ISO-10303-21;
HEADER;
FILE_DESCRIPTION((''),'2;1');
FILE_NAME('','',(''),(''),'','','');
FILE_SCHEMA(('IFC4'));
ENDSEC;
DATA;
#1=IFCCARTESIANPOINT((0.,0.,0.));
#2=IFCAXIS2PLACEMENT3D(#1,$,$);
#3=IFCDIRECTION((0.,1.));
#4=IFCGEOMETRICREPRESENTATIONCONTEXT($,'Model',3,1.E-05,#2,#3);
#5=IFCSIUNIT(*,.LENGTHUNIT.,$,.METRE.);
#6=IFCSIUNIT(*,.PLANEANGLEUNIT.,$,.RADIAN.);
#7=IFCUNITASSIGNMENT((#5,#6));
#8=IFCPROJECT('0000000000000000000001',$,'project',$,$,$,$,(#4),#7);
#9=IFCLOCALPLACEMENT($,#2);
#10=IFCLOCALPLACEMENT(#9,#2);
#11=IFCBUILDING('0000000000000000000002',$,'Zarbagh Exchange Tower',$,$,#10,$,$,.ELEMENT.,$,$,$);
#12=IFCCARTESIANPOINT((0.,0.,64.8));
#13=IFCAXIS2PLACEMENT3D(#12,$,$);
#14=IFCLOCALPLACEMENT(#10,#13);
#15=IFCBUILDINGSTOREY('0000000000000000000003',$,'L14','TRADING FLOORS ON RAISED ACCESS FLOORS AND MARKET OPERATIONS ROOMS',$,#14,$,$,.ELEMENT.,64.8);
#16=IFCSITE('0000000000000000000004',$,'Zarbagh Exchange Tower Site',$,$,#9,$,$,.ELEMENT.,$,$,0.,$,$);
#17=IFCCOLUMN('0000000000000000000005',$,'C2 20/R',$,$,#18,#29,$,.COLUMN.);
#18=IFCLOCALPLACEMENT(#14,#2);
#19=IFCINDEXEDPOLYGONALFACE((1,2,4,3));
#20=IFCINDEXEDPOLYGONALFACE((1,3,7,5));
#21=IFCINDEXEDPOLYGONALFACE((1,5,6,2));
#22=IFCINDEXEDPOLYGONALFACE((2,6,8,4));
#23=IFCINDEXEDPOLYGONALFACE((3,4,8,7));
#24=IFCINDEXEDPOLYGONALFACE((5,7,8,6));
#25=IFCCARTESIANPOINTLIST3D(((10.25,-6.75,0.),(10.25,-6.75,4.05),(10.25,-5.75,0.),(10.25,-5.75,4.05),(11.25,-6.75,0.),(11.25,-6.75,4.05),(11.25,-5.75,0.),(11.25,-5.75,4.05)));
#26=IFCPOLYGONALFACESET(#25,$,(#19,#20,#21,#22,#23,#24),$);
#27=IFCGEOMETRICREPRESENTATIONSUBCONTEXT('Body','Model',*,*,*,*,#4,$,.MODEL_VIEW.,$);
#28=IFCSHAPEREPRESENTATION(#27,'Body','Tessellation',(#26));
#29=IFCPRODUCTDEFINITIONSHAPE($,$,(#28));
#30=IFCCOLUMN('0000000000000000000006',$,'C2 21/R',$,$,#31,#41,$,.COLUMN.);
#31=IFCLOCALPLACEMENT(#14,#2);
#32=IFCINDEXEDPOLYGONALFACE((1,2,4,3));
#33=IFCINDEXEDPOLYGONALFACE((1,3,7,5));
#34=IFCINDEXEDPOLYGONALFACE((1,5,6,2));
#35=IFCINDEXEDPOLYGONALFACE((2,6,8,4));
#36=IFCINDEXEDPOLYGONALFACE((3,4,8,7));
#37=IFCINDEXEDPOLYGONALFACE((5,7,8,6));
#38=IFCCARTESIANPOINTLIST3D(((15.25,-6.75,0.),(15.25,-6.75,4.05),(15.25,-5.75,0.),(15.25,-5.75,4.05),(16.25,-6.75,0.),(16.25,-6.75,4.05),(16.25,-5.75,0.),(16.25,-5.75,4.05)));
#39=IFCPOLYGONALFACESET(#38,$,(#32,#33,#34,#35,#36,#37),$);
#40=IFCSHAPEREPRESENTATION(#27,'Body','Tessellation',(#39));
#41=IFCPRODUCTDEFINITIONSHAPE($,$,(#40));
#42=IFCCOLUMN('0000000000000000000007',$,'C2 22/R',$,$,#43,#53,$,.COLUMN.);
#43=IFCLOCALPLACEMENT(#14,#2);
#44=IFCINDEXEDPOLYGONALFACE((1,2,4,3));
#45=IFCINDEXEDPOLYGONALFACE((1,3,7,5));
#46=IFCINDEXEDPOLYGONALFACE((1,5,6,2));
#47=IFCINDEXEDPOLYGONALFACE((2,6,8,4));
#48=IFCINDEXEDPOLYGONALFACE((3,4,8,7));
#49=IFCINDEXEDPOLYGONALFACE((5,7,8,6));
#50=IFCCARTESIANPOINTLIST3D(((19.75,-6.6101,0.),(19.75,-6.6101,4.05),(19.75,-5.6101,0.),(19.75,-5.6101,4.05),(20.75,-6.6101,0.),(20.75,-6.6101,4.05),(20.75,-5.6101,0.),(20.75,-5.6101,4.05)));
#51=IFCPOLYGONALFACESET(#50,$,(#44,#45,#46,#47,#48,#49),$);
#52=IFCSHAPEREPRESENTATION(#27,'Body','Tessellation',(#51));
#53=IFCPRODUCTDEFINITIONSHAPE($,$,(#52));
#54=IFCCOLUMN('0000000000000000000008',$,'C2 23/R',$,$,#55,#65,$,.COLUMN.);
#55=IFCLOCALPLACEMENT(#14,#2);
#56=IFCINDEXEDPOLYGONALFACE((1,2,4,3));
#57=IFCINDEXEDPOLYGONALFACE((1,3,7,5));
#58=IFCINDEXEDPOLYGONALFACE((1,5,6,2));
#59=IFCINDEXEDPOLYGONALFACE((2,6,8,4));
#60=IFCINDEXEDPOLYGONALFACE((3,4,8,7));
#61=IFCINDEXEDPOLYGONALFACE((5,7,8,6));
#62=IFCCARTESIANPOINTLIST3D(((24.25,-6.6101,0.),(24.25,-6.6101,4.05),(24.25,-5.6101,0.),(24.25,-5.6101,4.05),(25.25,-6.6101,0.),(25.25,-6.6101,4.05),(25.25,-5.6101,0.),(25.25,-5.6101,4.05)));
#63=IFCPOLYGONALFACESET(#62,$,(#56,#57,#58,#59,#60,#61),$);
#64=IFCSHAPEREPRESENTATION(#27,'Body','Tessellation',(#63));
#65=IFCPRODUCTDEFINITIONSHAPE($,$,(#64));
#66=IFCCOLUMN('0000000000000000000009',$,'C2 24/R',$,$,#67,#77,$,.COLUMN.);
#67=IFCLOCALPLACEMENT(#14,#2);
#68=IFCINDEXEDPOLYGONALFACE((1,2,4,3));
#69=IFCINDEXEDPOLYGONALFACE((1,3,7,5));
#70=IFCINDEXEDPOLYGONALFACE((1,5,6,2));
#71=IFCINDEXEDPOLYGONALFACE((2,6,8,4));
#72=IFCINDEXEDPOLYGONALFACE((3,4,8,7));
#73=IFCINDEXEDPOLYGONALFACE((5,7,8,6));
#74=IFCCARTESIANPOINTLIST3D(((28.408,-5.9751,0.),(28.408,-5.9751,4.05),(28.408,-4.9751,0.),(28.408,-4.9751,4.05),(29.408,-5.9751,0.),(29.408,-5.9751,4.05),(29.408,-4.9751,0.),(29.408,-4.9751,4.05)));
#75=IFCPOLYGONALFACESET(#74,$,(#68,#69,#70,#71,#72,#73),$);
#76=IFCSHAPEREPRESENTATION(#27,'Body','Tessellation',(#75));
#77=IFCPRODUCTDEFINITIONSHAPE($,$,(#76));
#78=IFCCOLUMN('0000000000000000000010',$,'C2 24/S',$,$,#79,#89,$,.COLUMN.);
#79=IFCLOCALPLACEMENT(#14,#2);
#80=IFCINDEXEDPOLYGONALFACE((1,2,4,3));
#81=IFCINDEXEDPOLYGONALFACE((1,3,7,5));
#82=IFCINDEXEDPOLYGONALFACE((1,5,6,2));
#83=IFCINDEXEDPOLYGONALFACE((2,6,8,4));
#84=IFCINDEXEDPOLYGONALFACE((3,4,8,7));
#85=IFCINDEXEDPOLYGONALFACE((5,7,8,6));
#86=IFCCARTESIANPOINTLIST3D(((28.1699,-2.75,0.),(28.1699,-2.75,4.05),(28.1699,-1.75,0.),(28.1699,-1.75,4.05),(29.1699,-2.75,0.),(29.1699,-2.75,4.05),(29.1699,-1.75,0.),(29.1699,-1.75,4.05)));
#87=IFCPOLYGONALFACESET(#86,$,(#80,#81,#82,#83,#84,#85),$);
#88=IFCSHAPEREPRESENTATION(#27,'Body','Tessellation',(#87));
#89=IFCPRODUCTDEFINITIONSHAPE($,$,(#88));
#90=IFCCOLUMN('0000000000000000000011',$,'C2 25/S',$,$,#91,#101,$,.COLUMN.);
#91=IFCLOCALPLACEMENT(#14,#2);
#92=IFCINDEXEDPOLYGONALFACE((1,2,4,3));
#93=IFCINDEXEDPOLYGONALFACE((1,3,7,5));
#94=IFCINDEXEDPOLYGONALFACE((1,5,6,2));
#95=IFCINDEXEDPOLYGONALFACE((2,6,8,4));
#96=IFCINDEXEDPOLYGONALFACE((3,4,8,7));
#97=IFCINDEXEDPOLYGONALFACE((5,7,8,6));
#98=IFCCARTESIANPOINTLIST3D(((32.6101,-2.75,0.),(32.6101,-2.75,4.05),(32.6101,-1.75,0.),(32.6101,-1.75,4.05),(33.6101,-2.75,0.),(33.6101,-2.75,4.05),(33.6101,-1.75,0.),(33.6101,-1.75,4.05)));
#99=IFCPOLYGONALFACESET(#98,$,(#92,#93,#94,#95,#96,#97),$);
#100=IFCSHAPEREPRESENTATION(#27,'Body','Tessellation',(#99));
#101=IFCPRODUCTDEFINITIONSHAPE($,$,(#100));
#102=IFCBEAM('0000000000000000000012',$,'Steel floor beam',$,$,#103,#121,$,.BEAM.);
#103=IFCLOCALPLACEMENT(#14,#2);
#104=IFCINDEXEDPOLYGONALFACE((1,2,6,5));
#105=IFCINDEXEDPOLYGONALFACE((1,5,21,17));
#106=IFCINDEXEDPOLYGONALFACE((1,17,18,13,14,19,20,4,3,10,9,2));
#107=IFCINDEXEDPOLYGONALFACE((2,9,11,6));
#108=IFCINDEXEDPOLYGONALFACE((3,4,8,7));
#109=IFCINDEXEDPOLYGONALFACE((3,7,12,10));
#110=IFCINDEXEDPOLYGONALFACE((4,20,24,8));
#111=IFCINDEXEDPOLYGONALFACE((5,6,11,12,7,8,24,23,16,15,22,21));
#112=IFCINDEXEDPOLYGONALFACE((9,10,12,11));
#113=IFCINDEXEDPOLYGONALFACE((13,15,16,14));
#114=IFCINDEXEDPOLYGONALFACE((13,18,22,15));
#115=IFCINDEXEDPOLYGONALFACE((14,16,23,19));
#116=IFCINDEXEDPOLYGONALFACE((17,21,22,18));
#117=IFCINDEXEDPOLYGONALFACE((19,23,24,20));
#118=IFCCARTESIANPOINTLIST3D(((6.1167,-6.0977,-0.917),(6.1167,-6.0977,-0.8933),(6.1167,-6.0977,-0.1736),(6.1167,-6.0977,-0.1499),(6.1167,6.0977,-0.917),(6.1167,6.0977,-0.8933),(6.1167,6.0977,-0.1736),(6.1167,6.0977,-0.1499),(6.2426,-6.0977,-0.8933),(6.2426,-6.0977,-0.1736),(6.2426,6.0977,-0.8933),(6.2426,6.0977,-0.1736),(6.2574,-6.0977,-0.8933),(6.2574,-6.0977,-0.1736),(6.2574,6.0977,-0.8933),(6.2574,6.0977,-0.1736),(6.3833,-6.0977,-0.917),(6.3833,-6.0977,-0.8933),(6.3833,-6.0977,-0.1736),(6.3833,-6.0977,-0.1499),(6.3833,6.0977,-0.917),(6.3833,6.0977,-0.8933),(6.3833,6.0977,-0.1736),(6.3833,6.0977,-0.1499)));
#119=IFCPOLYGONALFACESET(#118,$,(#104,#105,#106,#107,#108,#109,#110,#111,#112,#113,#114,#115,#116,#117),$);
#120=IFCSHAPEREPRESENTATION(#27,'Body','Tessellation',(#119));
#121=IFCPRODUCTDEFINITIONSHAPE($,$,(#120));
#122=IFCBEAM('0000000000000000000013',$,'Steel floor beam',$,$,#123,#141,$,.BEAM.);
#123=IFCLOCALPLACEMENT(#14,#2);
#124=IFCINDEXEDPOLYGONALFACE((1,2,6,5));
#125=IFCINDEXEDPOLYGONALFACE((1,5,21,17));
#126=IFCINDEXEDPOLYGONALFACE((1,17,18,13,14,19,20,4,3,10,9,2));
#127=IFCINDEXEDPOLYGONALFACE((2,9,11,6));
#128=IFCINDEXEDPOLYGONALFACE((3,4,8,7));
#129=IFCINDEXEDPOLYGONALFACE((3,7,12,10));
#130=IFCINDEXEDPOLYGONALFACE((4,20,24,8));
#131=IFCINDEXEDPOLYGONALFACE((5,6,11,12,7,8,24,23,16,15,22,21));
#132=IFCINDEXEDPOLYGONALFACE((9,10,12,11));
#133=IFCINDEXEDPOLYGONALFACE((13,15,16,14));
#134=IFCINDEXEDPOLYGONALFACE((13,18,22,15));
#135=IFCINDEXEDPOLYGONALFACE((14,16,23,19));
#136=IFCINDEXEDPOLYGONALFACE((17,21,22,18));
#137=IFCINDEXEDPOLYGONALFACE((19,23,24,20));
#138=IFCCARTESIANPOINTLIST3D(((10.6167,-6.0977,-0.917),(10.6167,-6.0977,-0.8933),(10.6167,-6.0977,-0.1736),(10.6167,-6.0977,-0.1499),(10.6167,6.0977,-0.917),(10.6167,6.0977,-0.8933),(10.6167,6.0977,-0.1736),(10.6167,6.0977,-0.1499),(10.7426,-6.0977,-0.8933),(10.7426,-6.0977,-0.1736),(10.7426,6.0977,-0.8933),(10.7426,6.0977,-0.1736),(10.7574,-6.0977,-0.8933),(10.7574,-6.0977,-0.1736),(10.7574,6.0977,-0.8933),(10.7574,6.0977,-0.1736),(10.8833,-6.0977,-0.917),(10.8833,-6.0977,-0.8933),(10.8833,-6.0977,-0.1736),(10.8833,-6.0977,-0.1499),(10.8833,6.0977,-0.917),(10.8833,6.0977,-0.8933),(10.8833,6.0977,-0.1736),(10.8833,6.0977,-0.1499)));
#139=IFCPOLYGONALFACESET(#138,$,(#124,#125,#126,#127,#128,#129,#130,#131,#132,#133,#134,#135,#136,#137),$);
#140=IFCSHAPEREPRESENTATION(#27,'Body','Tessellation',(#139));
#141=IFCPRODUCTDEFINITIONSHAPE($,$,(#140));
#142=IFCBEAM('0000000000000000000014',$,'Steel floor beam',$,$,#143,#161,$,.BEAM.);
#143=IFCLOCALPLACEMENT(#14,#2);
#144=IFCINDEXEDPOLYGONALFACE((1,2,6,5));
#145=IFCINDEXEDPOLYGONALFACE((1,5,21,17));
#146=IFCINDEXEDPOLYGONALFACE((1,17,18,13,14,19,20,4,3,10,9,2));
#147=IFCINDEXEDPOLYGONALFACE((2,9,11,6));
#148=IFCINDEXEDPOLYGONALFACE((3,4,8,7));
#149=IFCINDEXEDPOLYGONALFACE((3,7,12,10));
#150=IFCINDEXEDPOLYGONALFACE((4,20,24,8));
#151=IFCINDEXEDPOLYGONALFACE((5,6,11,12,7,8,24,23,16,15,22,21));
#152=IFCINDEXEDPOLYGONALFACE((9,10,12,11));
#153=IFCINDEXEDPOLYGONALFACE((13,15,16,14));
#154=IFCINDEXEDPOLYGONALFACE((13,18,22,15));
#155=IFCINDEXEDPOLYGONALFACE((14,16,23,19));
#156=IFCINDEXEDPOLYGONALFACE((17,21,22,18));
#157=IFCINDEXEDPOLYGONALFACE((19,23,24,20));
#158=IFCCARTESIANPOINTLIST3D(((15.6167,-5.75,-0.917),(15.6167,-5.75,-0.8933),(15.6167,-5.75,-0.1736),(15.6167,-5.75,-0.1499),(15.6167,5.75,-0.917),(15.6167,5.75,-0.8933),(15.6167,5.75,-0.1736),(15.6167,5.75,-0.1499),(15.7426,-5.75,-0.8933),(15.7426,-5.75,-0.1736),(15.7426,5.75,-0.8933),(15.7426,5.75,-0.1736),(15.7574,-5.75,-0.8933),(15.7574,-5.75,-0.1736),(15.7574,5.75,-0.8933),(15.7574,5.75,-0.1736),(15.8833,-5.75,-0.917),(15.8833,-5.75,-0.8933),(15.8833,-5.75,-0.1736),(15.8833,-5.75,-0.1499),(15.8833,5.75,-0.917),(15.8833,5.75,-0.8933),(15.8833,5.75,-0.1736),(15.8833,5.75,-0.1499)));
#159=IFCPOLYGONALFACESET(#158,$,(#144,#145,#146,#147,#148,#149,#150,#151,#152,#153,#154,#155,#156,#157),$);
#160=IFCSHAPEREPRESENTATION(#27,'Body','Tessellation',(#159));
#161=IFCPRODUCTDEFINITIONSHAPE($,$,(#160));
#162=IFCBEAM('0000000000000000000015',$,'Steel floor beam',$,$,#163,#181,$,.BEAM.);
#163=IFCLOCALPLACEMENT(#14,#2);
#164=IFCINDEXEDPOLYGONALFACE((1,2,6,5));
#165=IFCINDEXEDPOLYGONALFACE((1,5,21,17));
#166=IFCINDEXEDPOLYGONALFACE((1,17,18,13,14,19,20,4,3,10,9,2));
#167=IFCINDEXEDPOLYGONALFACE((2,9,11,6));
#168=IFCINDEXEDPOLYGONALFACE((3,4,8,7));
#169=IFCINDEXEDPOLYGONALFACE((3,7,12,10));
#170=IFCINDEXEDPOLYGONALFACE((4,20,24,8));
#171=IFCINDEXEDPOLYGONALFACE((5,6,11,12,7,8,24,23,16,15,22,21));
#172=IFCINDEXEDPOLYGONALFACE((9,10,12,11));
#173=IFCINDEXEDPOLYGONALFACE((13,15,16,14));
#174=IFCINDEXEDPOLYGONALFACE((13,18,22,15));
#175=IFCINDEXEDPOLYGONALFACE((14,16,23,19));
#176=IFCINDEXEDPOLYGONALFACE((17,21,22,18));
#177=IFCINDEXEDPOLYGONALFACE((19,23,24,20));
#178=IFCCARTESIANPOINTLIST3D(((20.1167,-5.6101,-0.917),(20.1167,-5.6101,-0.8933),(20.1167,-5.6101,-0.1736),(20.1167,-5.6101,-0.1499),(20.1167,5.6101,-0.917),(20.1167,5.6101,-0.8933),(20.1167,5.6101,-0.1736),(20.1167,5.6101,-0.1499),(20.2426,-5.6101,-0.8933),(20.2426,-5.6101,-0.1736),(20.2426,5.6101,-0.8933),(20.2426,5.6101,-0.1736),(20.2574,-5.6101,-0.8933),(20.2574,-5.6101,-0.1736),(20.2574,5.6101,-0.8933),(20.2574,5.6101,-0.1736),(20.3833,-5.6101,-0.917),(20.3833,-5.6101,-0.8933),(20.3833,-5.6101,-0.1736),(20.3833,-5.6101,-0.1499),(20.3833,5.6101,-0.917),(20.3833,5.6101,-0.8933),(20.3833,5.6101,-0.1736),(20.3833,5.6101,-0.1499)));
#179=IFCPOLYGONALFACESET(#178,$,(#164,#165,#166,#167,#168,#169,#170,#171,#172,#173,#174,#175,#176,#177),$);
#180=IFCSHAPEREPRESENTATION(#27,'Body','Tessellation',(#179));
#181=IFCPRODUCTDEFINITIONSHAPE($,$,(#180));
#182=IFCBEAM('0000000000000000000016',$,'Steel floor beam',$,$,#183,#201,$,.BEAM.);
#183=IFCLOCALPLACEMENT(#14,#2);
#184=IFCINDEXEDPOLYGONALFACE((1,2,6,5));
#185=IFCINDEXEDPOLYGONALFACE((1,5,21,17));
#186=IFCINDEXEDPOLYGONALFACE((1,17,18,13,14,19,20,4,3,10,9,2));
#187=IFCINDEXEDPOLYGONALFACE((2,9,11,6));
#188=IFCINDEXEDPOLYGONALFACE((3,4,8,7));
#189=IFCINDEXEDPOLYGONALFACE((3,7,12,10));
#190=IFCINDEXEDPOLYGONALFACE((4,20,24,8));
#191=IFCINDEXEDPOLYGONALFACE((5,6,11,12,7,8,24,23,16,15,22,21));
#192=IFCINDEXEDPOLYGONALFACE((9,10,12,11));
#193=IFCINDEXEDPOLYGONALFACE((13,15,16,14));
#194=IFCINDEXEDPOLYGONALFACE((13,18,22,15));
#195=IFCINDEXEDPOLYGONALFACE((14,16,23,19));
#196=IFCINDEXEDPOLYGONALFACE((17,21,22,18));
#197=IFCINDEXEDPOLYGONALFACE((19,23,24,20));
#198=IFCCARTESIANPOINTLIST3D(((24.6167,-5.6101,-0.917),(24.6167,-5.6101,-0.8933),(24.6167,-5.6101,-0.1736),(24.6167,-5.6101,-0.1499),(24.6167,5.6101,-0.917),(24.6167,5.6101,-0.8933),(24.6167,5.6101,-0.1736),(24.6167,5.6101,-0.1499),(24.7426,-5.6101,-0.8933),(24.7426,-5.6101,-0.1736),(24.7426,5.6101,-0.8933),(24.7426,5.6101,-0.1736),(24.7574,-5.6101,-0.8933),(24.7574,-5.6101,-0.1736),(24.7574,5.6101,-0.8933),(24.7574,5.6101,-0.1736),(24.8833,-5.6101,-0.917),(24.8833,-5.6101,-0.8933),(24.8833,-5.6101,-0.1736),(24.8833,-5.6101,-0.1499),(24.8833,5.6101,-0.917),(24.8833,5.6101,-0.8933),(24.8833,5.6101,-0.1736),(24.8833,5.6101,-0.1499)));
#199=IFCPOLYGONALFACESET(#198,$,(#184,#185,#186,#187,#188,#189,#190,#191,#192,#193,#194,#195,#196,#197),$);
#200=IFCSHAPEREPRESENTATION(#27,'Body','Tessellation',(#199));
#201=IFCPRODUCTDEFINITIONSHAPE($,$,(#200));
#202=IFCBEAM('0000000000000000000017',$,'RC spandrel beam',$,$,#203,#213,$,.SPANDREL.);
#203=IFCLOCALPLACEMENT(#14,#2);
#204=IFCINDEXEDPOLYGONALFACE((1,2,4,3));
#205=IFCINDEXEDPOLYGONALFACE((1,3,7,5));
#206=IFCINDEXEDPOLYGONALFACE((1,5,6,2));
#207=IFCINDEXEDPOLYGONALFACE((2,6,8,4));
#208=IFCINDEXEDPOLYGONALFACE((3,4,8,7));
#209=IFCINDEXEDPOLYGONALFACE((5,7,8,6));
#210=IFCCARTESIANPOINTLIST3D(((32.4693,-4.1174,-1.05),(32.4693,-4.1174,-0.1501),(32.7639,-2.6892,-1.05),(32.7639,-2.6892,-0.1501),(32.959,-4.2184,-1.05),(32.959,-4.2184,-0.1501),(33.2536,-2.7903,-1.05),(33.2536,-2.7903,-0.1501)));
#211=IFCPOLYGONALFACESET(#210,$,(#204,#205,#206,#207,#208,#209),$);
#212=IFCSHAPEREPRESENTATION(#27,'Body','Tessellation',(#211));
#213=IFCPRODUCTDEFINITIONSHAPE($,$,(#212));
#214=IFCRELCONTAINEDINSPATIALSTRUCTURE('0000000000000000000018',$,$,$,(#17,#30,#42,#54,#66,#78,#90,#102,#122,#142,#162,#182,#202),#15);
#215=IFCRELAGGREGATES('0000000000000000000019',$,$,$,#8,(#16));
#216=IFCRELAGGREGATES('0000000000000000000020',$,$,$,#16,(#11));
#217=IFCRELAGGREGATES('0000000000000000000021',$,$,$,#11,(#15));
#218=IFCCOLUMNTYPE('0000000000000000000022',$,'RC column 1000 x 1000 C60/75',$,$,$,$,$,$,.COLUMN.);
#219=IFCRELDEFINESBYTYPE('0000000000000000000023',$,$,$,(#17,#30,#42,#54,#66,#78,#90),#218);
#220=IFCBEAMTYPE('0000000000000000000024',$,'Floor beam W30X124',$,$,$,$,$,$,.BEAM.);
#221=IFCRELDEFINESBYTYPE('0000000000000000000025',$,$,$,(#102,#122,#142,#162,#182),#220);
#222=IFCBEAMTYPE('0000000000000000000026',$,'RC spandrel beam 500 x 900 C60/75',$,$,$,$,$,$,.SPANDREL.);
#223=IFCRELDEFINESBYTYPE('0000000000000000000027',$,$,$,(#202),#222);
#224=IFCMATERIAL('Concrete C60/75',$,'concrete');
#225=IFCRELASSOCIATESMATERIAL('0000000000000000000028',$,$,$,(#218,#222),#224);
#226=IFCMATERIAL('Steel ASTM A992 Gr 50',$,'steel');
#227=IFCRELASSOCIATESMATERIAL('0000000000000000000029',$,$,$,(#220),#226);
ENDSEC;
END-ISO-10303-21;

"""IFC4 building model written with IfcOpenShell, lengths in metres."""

from ifc_helpers import new_model, si_unit, direction, frame, origin, origin_2d, place, context, subcontext, project, spatial, rectangle, i_section, extrude, material, material_profile, profile_set, type_object, element, save


model = new_model("IFC4")

# Units and contexts
model_context = context("Model", 3, precision=1e-05, world=origin(), true_north=direction((0.0, 1.0)))
body_context = subcontext(model_context, "Body", "Model", "MODEL_VIEW")
ifc_project = project(units=[si_unit("LENGTHUNIT", "METRE"), si_unit("PLANEANGLEUNIT", "RADIAN")], contexts=[model_context])

# Site, building, storey
site_placement = place(None, origin())
site = spatial("IfcSite", under=ifc_project, at=site_placement, Name="Zarbagh Exchange Tower Site", CompositionType="ELEMENT", RefElevation=0.0)
building_placement = place(site_placement, origin())
building = spatial("IfcBuilding", under=site, at=building_placement, Name="Zarbagh Exchange Tower", CompositionType="ELEMENT")
storey_placement = place(building_placement, frame((0.0, 0.0, 64.8)))
storey = spatial("IfcBuildingStorey", under=building, at=storey_placement, Name="L14", Description="TRADING FLOORS ON RAISED ACCESS FLOORS AND MARKET OPERATIONS ROOMS", CompositionType="ELEMENT", Elevation=64.8)

# Columns
ifc_material_1 = material(Name="Concrete C60/75", Category="concrete")
ifc_material_profile_1 = material_profile(ifc_material_1, rectangle(XDim=1.0, YDim=1.0, at=origin_2d()), Name="RC column 1000 x 1000 C60/75")
ifc_profile_set_1 = profile_set([ifc_material_profile_1], Name="Concrete C60/75")
column_type = type_object("IfcColumnType", Name="RC column 1000 x 1000 C60/75", PredefinedType="COLUMN", material=ifc_profile_set_1)
for number, where, z_axis, x_axis, name in (
    (1, (10.75, -6.25, 0.0), (0.0, 0.0, 1.0), (1.0, 0.0, 0.0), "C2 20/R"),
    (2, (15.75, -6.25, 0.0), (0.0, 0.0, 1.0), (1.0, 0.0, 0.0), "C2 21/R"),
    (3, (20.25, -6.1101, 0.0), (0.0, 0.0, 1.0), (1.0, 0.0, 0.0), "C2 22/R"),
    (4, (24.75, -6.1101, 0.0), (0.0, 0.0, 1.0), (1.0, 0.0, 0.0), "C2 23/R"),
    (5, (28.908, -5.4751, 0.0), (0.0, 0.0, 1.0), (1.0, 0.0, 0.0), "C2 24/R"),
    (6, (28.6699, -2.25, 0.0), (0.0, 0.0, 1.0), (1.0, 0.0, 0.0), "C2 24/S"),
    (7, (33.1101, -2.25, 0.0), (0.0, 0.0, 1.0), (1.0, 0.0, 0.0), "C2 25/S"),
):
    element("IfcColumn", number, at=place(storey_placement, frame(where, z_axis=z_axis, x_axis=x_axis)), inside=storey, type_object=column_type, Name=name, PredefinedType="COLUMN", context=body_context, shape_type="SweptSolid", body=[
        extrude(rectangle(XDim=1.0, YDim=1.0, at=origin_2d()), origin(), (0.0, 0.0, 1.0), 4.05),
    ])

# Beams
ifc_material_2 = material(Name="Steel ASTM A992 Gr 50", Category="steel")
ifc_material_profile_2 = material_profile(ifc_material_2, i_section(OverallWidth=0.2666, OverallDepth=0.7671, WebThickness=0.0149, FlangeThickness=0.0237, at=origin_2d()), Name="W30X124")
ifc_profile_set_2 = profile_set([ifc_material_profile_2], Name="Steel ASTM A992 Gr 50")
beam_type_1 = type_object("IfcBeamType", Name="Floor beam W30X124", PredefinedType="BEAM", material=ifc_profile_set_2)
for number, where, z_axis, x_axis, name in (
    (8, (6.25, -6.0977, -0.5334), (0.0, 1.0, 0.0), (-1.0, 0.0, 0.0), "Steel floor beam"),
    (9, (10.75, -6.0977, -0.5334), (0.0, 1.0, 0.0), (-1.0, 0.0, 0.0), "Steel floor beam"),
):
    element("IfcBeam", number, at=place(storey_placement, frame(where, z_axis=z_axis, x_axis=x_axis)), inside=storey, type_object=beam_type_1, Name=name, PredefinedType="BEAM", context=body_context, shape_type="SweptSolid", body=[
        extrude(i_section(OverallWidth=0.2666, OverallDepth=0.7671, WebThickness=0.0149, FlangeThickness=0.0237, at=origin_2d()), origin(), (0.0, 0.0, 1.0), 12.1953),
    ])
beam_1_placement = place(storey_placement, frame((15.75, -5.75, -0.5334), z_axis=(0.0, 1.0, 0.0), x_axis=(-1.0, 0.0, 0.0)))
element("IfcBeam", 10, at=beam_1_placement, inside=storey, type_object=beam_type_1, Name="Steel floor beam", PredefinedType="BEAM", context=body_context, shape_type="SweptSolid", body=[
    extrude(i_section(OverallWidth=0.2666, OverallDepth=0.7671, WebThickness=0.0149, FlangeThickness=0.0237, at=origin_2d()), origin(), (0.0, 0.0, 1.0), 11.5),
])
for number, where, z_axis, x_axis, name in (
    (11, (20.25, -5.6101, -0.5334), (0.0, 1.0, 0.0), (-1.0, 0.0, 0.0), "Steel floor beam"),
    (12, (24.75, -5.6101, -0.5334), (0.0, 1.0, 0.0), (-1.0, 0.0, 0.0), "Steel floor beam"),
):
    element("IfcBeam", number, at=place(storey_placement, frame(where, z_axis=z_axis, x_axis=x_axis)), inside=storey, type_object=beam_type_1, Name=name, PredefinedType="BEAM", context=body_context, shape_type="SweptSolid", body=[
        extrude(i_section(OverallWidth=0.2666, OverallDepth=0.7671, WebThickness=0.0149, FlangeThickness=0.0237, at=origin_2d()), origin(), (0.0, 0.0, 1.0), 11.2202),
    ])
ifc_material_profile_3 = material_profile(ifc_material_1, rectangle(XDim=0.5, YDim=0.8999, at=origin_2d()), Name="RC spandrel beam 500 x 900 C60/75")
ifc_profile_set_3 = profile_set([ifc_material_profile_3], Name="Concrete C60/75")
beam_type_2 = type_object("IfcBeamType", Name="RC spandrel beam 500 x 900 C60/75", PredefinedType="SPANDREL", material=ifc_profile_set_3)
beam_2_placement = place(storey_placement, frame((33.0088, -2.7397, -0.6001), z_axis=(-0.202069, -0.979371, 0.0), x_axis=(0.979371, -0.202069, 0.0)))
element("IfcBeam", 13, at=beam_2_placement, inside=storey, type_object=beam_type_2, Name="RC spandrel beam", PredefinedType="SPANDREL", context=body_context, shape_type="SweptSolid", body=[
    extrude(rectangle(XDim=0.5, YDim=0.8999, at=origin_2d()), origin(), (0.0, 0.0, 1.0), 1.4583),
])

save(model, "model.ifc")
